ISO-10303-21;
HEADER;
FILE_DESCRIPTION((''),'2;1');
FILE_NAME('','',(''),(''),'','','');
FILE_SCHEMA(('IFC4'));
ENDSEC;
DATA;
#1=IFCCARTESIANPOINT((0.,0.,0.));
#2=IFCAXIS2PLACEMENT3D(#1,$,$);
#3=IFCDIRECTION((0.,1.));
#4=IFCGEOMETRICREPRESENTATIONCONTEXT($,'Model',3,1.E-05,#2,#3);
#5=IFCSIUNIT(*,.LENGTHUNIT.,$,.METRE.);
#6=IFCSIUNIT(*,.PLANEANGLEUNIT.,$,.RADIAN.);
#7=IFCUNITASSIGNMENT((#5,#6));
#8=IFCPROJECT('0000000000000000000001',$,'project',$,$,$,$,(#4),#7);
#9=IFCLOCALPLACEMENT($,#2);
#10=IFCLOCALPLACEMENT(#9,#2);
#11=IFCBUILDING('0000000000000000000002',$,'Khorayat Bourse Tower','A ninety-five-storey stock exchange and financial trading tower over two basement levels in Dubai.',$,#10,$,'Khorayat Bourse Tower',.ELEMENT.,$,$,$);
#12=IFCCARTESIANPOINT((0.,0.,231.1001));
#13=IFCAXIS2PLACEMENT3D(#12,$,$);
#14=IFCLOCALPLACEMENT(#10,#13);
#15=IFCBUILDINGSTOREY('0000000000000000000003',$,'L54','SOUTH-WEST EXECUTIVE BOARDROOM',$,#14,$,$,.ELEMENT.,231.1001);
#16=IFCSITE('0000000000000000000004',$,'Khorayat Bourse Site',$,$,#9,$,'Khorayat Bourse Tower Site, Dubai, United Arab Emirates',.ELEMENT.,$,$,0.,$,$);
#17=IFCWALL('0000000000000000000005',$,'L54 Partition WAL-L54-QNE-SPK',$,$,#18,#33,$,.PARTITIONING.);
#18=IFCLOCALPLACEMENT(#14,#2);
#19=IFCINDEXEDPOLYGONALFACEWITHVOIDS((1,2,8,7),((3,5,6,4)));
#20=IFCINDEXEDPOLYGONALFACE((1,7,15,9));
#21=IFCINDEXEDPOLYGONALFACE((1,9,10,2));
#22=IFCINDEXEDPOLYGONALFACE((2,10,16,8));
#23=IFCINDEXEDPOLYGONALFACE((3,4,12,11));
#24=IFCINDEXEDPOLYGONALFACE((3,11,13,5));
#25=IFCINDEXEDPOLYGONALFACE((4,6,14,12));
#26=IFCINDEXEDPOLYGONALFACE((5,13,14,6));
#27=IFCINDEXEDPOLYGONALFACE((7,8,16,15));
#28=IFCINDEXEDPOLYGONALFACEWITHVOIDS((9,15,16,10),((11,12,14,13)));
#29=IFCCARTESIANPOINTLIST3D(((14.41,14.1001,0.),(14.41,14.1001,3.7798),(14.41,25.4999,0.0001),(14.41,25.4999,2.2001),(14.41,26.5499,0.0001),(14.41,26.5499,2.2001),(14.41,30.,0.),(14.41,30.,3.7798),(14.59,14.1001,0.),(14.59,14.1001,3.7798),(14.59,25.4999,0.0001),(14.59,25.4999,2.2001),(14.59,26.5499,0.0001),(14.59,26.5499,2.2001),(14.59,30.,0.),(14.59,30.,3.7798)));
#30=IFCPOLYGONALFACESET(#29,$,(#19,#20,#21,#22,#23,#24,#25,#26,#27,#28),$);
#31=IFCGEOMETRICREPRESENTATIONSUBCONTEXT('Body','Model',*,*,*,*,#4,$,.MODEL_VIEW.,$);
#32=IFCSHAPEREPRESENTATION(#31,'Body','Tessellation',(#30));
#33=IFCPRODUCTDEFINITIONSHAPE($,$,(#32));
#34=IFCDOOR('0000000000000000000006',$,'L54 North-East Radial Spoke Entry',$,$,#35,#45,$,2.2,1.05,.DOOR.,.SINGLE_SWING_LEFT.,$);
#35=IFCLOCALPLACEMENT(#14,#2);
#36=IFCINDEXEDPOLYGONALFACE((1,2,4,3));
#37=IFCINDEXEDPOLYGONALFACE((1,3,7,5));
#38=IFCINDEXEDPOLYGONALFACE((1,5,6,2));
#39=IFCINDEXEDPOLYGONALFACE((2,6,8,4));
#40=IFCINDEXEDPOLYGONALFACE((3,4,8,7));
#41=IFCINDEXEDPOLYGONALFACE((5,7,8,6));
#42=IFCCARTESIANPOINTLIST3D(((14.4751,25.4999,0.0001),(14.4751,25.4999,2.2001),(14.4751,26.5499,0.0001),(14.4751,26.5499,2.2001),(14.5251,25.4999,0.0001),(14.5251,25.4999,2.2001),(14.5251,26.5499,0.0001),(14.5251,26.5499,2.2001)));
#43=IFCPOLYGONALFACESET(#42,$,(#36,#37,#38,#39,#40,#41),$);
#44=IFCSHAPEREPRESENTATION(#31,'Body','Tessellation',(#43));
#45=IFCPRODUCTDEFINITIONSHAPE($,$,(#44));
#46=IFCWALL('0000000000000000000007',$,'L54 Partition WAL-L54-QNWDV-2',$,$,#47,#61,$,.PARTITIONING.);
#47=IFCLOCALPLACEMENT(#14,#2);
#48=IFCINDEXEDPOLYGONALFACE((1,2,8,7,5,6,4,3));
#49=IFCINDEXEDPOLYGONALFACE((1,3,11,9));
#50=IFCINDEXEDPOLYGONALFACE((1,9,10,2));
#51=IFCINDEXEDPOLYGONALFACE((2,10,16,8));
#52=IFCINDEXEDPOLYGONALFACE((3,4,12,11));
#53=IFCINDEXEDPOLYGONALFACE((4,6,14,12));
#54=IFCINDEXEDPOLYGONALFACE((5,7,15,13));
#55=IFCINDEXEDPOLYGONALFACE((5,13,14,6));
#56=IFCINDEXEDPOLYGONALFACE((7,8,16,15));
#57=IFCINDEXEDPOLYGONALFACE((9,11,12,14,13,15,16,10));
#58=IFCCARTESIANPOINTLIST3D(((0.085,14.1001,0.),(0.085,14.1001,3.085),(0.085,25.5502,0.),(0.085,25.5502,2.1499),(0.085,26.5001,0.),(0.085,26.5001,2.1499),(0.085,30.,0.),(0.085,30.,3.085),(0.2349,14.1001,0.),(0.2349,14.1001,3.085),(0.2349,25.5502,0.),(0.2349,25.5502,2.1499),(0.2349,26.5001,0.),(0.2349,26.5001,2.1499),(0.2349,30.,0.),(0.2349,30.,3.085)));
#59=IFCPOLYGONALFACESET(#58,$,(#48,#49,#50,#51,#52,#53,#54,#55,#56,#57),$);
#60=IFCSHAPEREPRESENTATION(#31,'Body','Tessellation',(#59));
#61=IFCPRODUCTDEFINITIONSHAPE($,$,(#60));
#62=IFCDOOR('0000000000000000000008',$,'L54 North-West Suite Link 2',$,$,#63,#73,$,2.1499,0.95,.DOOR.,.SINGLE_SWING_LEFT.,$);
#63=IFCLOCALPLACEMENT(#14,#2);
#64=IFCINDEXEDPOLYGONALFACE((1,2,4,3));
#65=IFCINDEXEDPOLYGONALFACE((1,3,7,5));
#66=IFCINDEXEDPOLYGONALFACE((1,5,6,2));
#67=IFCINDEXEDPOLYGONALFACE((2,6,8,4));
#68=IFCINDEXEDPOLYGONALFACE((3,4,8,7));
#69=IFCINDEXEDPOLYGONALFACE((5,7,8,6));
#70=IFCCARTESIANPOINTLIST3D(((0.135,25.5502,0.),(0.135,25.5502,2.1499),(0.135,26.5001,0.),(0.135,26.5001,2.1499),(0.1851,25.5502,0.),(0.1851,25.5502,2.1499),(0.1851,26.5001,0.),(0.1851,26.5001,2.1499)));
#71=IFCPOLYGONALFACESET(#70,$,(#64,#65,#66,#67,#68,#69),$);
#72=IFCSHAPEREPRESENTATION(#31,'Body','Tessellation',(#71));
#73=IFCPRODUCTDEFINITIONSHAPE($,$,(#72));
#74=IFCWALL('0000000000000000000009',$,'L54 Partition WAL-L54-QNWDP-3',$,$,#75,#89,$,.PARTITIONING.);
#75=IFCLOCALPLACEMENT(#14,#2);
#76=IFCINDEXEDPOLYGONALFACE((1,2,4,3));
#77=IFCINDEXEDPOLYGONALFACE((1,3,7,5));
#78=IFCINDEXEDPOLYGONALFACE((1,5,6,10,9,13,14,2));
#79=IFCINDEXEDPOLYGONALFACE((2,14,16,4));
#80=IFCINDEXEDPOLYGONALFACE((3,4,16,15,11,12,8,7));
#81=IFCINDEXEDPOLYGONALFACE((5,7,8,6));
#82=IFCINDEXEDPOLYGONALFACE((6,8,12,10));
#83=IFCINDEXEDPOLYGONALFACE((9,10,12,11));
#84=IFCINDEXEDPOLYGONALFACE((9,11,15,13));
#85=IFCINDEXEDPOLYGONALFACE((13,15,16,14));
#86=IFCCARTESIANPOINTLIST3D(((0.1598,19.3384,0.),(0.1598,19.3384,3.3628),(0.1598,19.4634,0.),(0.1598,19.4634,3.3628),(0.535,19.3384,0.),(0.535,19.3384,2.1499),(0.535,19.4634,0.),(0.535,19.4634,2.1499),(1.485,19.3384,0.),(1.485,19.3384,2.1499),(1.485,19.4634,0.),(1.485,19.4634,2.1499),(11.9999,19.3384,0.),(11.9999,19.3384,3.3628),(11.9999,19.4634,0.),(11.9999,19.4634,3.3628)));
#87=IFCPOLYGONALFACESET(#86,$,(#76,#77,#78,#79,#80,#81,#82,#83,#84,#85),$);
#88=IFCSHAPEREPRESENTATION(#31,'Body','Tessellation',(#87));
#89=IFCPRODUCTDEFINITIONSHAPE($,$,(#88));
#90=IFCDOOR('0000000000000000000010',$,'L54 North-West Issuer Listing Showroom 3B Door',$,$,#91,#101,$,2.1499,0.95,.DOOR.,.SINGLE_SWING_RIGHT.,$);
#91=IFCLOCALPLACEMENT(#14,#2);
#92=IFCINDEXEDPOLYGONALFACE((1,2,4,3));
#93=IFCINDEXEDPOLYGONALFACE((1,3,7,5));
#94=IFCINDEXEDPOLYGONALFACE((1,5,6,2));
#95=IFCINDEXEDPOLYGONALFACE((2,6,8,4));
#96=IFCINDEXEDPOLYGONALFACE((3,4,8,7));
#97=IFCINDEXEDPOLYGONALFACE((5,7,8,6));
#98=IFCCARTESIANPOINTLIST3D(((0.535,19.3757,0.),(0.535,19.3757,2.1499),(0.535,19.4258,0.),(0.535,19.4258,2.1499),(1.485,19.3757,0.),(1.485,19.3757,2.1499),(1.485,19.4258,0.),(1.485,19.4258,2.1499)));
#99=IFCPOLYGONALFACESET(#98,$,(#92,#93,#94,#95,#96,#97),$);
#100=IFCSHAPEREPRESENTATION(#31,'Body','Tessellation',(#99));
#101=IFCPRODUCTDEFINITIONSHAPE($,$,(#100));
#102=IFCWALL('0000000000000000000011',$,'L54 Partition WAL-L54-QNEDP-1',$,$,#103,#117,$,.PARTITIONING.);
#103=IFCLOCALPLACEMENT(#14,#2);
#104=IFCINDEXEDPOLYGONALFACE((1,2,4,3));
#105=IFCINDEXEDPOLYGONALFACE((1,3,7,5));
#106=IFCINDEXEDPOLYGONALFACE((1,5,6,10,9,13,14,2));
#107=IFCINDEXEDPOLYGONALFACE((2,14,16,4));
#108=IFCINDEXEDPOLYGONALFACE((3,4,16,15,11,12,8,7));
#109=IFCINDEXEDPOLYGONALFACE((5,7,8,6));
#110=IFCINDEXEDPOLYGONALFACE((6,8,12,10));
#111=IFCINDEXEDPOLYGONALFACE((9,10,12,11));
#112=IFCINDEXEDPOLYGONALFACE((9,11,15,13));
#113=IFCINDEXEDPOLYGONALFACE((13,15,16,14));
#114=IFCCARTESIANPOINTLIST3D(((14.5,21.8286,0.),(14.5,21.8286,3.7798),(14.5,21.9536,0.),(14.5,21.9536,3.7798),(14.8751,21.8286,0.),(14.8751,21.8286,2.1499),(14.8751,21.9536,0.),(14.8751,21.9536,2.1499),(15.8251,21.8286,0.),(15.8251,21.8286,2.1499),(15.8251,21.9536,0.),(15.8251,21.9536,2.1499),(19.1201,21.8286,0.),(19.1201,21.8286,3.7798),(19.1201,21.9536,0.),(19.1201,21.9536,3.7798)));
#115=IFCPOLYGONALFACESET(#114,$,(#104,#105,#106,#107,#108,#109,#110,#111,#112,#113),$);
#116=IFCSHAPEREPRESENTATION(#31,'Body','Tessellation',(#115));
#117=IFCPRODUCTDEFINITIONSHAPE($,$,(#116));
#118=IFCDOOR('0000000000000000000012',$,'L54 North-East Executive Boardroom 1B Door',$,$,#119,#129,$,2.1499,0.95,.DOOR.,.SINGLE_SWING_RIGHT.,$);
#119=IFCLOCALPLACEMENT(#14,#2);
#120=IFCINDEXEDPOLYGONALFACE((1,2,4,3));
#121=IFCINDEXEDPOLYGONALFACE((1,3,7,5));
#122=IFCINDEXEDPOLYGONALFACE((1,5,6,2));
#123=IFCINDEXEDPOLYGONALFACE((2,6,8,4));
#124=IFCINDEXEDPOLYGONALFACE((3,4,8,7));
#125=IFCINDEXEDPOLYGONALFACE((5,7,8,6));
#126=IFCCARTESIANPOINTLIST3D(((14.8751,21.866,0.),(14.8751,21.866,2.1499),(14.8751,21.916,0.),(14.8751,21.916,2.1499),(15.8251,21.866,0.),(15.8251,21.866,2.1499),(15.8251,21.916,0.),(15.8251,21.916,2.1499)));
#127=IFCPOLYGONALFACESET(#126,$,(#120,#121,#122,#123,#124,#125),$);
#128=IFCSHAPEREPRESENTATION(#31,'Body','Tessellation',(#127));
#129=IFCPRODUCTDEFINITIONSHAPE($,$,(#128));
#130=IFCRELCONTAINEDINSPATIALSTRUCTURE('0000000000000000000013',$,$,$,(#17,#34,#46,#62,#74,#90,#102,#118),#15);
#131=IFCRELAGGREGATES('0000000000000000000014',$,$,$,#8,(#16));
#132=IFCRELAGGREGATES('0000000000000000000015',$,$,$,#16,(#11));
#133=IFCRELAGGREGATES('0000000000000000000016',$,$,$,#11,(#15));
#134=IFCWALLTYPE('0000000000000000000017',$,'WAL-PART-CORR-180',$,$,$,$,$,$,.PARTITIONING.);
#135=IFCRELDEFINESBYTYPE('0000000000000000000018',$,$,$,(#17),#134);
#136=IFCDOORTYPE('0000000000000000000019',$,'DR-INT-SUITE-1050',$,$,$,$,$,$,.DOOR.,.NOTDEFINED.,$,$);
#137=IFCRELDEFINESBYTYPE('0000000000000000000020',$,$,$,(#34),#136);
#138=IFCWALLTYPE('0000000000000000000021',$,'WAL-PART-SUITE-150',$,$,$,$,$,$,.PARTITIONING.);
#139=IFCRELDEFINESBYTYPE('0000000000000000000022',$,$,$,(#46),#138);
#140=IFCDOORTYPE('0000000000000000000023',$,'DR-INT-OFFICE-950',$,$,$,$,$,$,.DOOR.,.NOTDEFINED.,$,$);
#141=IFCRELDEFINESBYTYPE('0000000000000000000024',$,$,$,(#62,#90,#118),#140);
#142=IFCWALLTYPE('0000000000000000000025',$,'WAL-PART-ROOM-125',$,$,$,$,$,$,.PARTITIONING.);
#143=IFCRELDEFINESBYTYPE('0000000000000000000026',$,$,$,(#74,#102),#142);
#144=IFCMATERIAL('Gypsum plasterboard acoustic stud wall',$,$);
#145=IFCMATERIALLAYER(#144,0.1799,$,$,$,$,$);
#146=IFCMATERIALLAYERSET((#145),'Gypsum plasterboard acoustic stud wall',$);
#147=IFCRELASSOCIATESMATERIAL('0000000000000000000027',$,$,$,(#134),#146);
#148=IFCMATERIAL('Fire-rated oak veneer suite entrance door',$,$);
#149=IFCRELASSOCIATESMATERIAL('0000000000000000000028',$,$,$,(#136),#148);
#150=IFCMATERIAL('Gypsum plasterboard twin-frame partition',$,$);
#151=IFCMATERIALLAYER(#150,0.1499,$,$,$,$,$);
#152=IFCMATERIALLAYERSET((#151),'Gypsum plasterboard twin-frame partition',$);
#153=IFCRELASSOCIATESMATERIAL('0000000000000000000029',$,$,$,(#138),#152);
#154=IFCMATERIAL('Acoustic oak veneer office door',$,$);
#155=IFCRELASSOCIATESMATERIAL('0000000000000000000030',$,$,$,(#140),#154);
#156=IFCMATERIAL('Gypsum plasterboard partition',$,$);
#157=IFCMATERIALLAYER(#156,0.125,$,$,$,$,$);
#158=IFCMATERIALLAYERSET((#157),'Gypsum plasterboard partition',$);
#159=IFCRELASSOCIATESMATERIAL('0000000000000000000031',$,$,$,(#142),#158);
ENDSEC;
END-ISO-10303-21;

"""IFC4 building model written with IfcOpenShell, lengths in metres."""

from ifc_helpers import new_model, si_unit, direction, frame, frame_2d, origin, place, context, subcontext, project, spatial, rectangle, extrude, source, transform, mapped, material, layer, layer_set, type_object, element, fill, save


model = new_model("IFC4")

# Units and contexts
model_context = context("Model", 3, precision=1e-05, world=origin(), true_north=direction((0.0, 1.0)))
body_context = subcontext(model_context, "Body", "Model", "MODEL_VIEW")
ifc_project = project(units=[si_unit("LENGTHUNIT", "METRE"), si_unit("PLANEANGLEUNIT", "RADIAN")], contexts=[model_context])

# Site, building, storey
site_placement = place(None, origin())
site = spatial("IfcSite", under=ifc_project, at=site_placement, Name="Khorayat Bourse Site", LongName="Khorayat Bourse Tower Site, Dubai, United Arab Emirates", CompositionType="ELEMENT", RefElevation=0.0)
building_placement = place(site_placement, origin())
building = spatial("IfcBuilding", under=site, at=building_placement, Name="Khorayat Bourse Tower", Description="A ninety-five-storey stock exchange and financial trading tower over two basement levels in Dubai.", LongName="Khorayat Bourse Tower", CompositionType="ELEMENT")
storey_placement = place(building_placement, frame((0.0, 0.0, 231.1001)))
storey = spatial("IfcBuildingStorey", under=building, at=storey_placement, Name="L54", Description="SOUTH-WEST EXECUTIVE BOARDROOM", CompositionType="ELEMENT", Elevation=231.1001)

# Shared definitions
ifc_material_1 = material(Name="Gypsum plasterboard acoustic stud wall")
ifc_layer_1 = layer(ifc_material_1, 0.1799)
ifc_layer_set_1 = layer_set([ifc_layer_1], Name="Gypsum plasterboard acoustic stud wall")
wall_type_1 = type_object("IfcWallType", Name="WAL-PART-CORR-180", PredefinedType="PARTITIONING", material=ifc_layer_set_1)

# Walls, openings, doors
shared_shape_1 = source(origin(), body_context, "Body", "SweptSolid", [
    extrude(rectangle(XDim=15.8999, YDim=0.1799, at=frame_2d((7.95, 0.0))), origin(), (0.0, 0.0, 1.0), 3.7798),
])
shared_shape_2 = source(origin(), body_context, "Body", "SweptSolid", [
    extrude(rectangle(XDim=1.05, YDim=2.2, at=frame_2d((0.5249, 1.1001))), frame((0.0, 0.0999, 0.0), z_axis=(0.0, -1.0, 0.0), x_axis=(1.0, 0.0, 0.0)), (0.0, 0.0, 1.0), 0.2),
])
ifc_material_2 = material(Name="Fire-rated oak veneer suite entrance door")
door_type_1 = type_object("IfcDoorType", Name="DR-INT-SUITE-1050", OperationType="NOTDEFINED", PredefinedType="DOOR", material=ifc_material_2)
shared_shape_3 = source(origin(), body_context, "Body", "SweptSolid", [
    extrude(rectangle(XDim=1.05, YDim=2.2, at=frame_2d((0.5249, 1.1001))), frame((0.0, 0.0249, 0.0), z_axis=(0.0, -1.0, 0.0), x_axis=(1.0, 0.0, 0.0)), (0.0, 0.0, 1.0), 0.05),
])
wall_1_placement = place(storey_placement, frame((14.5, 14.1001, 0.0), z_axis=(0.0, 0.0, 1.0), x_axis=(0.0, 1.0, 0.0)))
wall_1 = element("IfcWall", 1, at=wall_1_placement, inside=storey, type_object=wall_type_1, Name="L54 Partition WAL-L54-QNE-SPK", PredefinedType="PARTITIONING", context=body_context, shape_type="MappedRepresentation", body=[
    mapped(shared_shape_1, transform((0.0, 0.0, 0.0), scale=1.0)),
])
opening_1_placement = place(wall_1_placement, frame((11.3999, 0.0, 0.0)))
opening_1 = element("IfcOpeningElement", 2, at=opening_1_placement, cuts=wall_1, PredefinedType="OPENING", context=body_context, shape_type="MappedRepresentation", body=[
    mapped(shared_shape_2, transform((0.0, 0.0, 0.0), scale=1.0)),
])
door_1_placement = place(opening_1_placement, origin())
door_1 = element("IfcDoor", 3, at=door_1_placement, inside=storey, type_object=door_type_1, Name="L54 North-East Radial Spoke Entry", OperationType="SINGLE_SWING_LEFT", OverallHeight=2.2, OverallWidth=1.05, PredefinedType="DOOR", context=body_context, shape_type="MappedRepresentation", body=[
    mapped(shared_shape_3, transform((0.0, 0.0, 0.0), scale=1.0)),
])
fill(opening_1, door_1)
ifc_material_3 = material(Name="Gypsum plasterboard twin-frame partition")
ifc_layer_2 = layer(ifc_material_3, 0.1499)
ifc_layer_set_2 = layer_set([ifc_layer_2], Name="Gypsum plasterboard twin-frame partition")
wall_type_2 = type_object("IfcWallType", Name="WAL-PART-SUITE-150", PredefinedType="PARTITIONING", material=ifc_layer_set_2)
shared_shape_4 = source(origin(), body_context, "Body", "SweptSolid", [
    extrude(rectangle(XDim=15.8999, YDim=0.1499, at=frame_2d((7.95, 0.0))), origin(), (0.0, 0.0, 1.0), 3.085),
])
wall_2_placement = place(storey_placement, frame((0.1599, 14.1001, 0.0), z_axis=(0.0, 0.0, 1.0), x_axis=(0.0, 1.0, 0.0)))
wall_2 = element("IfcWall", 4, at=wall_2_placement, inside=storey, type_object=wall_type_2, Name="L54 Partition WAL-L54-QNWDV-2", PredefinedType="PARTITIONING", context=body_context, shape_type="MappedRepresentation", body=[
    mapped(shared_shape_4, transform((0.0, 0.0, 0.0), scale=1.0)),
])
shared_shape_5 = source(origin(), body_context, "Body", "SweptSolid", [
    extrude(rectangle(XDim=0.95, YDim=2.1499, at=frame_2d((0.4751, 1.075))), frame((0.0, 0.085, 0.0), z_axis=(0.0, -1.0, 0.0), x_axis=(1.0, 0.0, 0.0)), (0.0, 0.0, 1.0), 0.1699),
])
opening_2_placement = place(wall_2_placement, frame((11.45, 0.0, 0.0)))
opening_2 = element("IfcOpeningElement", 5, at=opening_2_placement, cuts=wall_2, PredefinedType="OPENING", context=body_context, shape_type="MappedRepresentation", body=[
    mapped(shared_shape_5, transform((0.0, 0.0, 0.0), scale=1.0)),
])
ifc_material_4 = material(Name="Acoustic oak veneer office door")
door_type_2 = type_object("IfcDoorType", Name="DR-INT-OFFICE-950", OperationType="NOTDEFINED", PredefinedType="DOOR", material=ifc_material_4)
shared_shape_6 = source(origin(), body_context, "Body", "SweptSolid", [
    extrude(rectangle(XDim=0.95, YDim=2.1499, at=frame_2d((0.4751, 1.075))), frame((0.0, 0.0249, 0.0), z_axis=(0.0, -1.0, 0.0), x_axis=(1.0, 0.0, 0.0)), (0.0, 0.0, 1.0), 0.05),
])
door_2_placement = place(opening_2_placement, origin())
door_2 = element("IfcDoor", 6, at=door_2_placement, inside=storey, type_object=door_type_2, Name="L54 North-West Suite Link 2", OperationType="SINGLE_SWING_LEFT", OverallHeight=2.1499, OverallWidth=0.95, PredefinedType="DOOR", context=body_context, shape_type="MappedRepresentation", body=[
    mapped(shared_shape_6, transform((0.0, 0.0, 0.0), scale=1.0)),
])
fill(opening_2, door_2)
ifc_material_5 = material(Name="Gypsum plasterboard partition")
ifc_layer_3 = layer(ifc_material_5, 0.125)
ifc_layer_set_3 = layer_set([ifc_layer_3], Name="Gypsum plasterboard partition")
wall_type_3 = type_object("IfcWallType", Name="WAL-PART-ROOM-125", PredefinedType="PARTITIONING", material=ifc_layer_set_3)
shared_shape_7 = source(origin(), body_context, "Body", "SweptSolid", [
    extrude(rectangle(XDim=11.8401, YDim=0.125, at=frame_2d((5.9199, 0.0))), origin(), (0.0, 0.0, 1.0), 3.3628),
])
wall_3_placement = place(storey_placement, frame((0.1599, 19.4009, 0.0), z_axis=(0.0, 0.0, 1.0), x_axis=(1.0, 0.0, 0.0)))
wall_3 = element("IfcWall", 7, at=wall_3_placement, inside=storey, type_object=wall_type_3, Name="L54 Partition WAL-L54-QNWDP-3", PredefinedType="PARTITIONING", context=body_context, shape_type="MappedRepresentation", body=[
    mapped(shared_shape_7, transform((0.0, 0.0, 0.0), scale=1.0)),
])
shared_shape_8 = source(origin(), body_context, "Body", "SweptSolid", [
    extrude(rectangle(XDim=0.95, YDim=2.1499, at=frame_2d((0.4751, 1.075))), frame((0.0, 0.0725, 0.0), z_axis=(0.0, -1.0, 0.0), x_axis=(1.0, 0.0, 0.0)), (0.0, 0.0, 1.0), 0.145),
])
opening_3_placement = place(wall_3_placement, frame((0.375, 0.0, 0.0)))
opening_3 = element("IfcOpeningElement", 8, at=opening_3_placement, cuts=wall_3, PredefinedType="OPENING", context=body_context, shape_type="MappedRepresentation", body=[
    mapped(shared_shape_8, transform((0.0, 0.0, 0.0), scale=1.0)),
])
door_3_placement = place(opening_3_placement, origin())
door_3 = element("IfcDoor", 9, at=door_3_placement, inside=storey, type_object=door_type_2, Name="L54 North-West Issuer Listing Showroom 3B Door", OperationType="SINGLE_SWING_RIGHT", OverallHeight=2.1499, OverallWidth=0.95, PredefinedType="DOOR", context=body_context, shape_type="MappedRepresentation", body=[
    mapped(shared_shape_6, transform((0.0, 0.0, 0.0), scale=1.0)),
])
fill(opening_3, door_3)
shared_shape_9 = source(origin(), body_context, "Body", "SweptSolid", [
    extrude(rectangle(XDim=4.6201, YDim=0.125, at=frame_2d((2.3101, 0.0))), origin(), (0.0, 0.0, 1.0), 3.7798),
])
wall_4_placement = place(storey_placement, frame((14.5, 21.8911, 0.0), z_axis=(0.0, 0.0, 1.0), x_axis=(1.0, 0.0, 0.0)))
wall_4 = element("IfcWall", 10, at=wall_4_placement, inside=storey, type_object=wall_type_3, Name="L54 Partition WAL-L54-QNEDP-1", PredefinedType="PARTITIONING", context=body_context, shape_type="MappedRepresentation", body=[
    mapped(shared_shape_9, transform((0.0, 0.0, 0.0), scale=1.0)),
])
opening_4_placement = place(wall_4_placement, frame((0.375, 0.0, 0.0)))
opening_4 = element("IfcOpeningElement", 11, at=opening_4_placement, cuts=wall_4, PredefinedType="OPENING", context=body_context, shape_type="MappedRepresentation", body=[
    mapped(shared_shape_8, transform((0.0, 0.0, 0.0), scale=1.0)),
])
door_4_placement = place(opening_4_placement, origin())
door_4 = element("IfcDoor", 12, at=door_4_placement, inside=storey, type_object=door_type_2, Name="L54 North-East Executive Boardroom 1B Door", OperationType="SINGLE_SWING_RIGHT", OverallHeight=2.1499, OverallWidth=0.95, PredefinedType="DOOR", context=body_context, shape_type="MappedRepresentation", body=[
    mapped(shared_shape_6, transform((0.0, 0.0, 0.0), scale=1.0)),
])
fill(opening_4, door_4)

save(model, "model.ifc")
